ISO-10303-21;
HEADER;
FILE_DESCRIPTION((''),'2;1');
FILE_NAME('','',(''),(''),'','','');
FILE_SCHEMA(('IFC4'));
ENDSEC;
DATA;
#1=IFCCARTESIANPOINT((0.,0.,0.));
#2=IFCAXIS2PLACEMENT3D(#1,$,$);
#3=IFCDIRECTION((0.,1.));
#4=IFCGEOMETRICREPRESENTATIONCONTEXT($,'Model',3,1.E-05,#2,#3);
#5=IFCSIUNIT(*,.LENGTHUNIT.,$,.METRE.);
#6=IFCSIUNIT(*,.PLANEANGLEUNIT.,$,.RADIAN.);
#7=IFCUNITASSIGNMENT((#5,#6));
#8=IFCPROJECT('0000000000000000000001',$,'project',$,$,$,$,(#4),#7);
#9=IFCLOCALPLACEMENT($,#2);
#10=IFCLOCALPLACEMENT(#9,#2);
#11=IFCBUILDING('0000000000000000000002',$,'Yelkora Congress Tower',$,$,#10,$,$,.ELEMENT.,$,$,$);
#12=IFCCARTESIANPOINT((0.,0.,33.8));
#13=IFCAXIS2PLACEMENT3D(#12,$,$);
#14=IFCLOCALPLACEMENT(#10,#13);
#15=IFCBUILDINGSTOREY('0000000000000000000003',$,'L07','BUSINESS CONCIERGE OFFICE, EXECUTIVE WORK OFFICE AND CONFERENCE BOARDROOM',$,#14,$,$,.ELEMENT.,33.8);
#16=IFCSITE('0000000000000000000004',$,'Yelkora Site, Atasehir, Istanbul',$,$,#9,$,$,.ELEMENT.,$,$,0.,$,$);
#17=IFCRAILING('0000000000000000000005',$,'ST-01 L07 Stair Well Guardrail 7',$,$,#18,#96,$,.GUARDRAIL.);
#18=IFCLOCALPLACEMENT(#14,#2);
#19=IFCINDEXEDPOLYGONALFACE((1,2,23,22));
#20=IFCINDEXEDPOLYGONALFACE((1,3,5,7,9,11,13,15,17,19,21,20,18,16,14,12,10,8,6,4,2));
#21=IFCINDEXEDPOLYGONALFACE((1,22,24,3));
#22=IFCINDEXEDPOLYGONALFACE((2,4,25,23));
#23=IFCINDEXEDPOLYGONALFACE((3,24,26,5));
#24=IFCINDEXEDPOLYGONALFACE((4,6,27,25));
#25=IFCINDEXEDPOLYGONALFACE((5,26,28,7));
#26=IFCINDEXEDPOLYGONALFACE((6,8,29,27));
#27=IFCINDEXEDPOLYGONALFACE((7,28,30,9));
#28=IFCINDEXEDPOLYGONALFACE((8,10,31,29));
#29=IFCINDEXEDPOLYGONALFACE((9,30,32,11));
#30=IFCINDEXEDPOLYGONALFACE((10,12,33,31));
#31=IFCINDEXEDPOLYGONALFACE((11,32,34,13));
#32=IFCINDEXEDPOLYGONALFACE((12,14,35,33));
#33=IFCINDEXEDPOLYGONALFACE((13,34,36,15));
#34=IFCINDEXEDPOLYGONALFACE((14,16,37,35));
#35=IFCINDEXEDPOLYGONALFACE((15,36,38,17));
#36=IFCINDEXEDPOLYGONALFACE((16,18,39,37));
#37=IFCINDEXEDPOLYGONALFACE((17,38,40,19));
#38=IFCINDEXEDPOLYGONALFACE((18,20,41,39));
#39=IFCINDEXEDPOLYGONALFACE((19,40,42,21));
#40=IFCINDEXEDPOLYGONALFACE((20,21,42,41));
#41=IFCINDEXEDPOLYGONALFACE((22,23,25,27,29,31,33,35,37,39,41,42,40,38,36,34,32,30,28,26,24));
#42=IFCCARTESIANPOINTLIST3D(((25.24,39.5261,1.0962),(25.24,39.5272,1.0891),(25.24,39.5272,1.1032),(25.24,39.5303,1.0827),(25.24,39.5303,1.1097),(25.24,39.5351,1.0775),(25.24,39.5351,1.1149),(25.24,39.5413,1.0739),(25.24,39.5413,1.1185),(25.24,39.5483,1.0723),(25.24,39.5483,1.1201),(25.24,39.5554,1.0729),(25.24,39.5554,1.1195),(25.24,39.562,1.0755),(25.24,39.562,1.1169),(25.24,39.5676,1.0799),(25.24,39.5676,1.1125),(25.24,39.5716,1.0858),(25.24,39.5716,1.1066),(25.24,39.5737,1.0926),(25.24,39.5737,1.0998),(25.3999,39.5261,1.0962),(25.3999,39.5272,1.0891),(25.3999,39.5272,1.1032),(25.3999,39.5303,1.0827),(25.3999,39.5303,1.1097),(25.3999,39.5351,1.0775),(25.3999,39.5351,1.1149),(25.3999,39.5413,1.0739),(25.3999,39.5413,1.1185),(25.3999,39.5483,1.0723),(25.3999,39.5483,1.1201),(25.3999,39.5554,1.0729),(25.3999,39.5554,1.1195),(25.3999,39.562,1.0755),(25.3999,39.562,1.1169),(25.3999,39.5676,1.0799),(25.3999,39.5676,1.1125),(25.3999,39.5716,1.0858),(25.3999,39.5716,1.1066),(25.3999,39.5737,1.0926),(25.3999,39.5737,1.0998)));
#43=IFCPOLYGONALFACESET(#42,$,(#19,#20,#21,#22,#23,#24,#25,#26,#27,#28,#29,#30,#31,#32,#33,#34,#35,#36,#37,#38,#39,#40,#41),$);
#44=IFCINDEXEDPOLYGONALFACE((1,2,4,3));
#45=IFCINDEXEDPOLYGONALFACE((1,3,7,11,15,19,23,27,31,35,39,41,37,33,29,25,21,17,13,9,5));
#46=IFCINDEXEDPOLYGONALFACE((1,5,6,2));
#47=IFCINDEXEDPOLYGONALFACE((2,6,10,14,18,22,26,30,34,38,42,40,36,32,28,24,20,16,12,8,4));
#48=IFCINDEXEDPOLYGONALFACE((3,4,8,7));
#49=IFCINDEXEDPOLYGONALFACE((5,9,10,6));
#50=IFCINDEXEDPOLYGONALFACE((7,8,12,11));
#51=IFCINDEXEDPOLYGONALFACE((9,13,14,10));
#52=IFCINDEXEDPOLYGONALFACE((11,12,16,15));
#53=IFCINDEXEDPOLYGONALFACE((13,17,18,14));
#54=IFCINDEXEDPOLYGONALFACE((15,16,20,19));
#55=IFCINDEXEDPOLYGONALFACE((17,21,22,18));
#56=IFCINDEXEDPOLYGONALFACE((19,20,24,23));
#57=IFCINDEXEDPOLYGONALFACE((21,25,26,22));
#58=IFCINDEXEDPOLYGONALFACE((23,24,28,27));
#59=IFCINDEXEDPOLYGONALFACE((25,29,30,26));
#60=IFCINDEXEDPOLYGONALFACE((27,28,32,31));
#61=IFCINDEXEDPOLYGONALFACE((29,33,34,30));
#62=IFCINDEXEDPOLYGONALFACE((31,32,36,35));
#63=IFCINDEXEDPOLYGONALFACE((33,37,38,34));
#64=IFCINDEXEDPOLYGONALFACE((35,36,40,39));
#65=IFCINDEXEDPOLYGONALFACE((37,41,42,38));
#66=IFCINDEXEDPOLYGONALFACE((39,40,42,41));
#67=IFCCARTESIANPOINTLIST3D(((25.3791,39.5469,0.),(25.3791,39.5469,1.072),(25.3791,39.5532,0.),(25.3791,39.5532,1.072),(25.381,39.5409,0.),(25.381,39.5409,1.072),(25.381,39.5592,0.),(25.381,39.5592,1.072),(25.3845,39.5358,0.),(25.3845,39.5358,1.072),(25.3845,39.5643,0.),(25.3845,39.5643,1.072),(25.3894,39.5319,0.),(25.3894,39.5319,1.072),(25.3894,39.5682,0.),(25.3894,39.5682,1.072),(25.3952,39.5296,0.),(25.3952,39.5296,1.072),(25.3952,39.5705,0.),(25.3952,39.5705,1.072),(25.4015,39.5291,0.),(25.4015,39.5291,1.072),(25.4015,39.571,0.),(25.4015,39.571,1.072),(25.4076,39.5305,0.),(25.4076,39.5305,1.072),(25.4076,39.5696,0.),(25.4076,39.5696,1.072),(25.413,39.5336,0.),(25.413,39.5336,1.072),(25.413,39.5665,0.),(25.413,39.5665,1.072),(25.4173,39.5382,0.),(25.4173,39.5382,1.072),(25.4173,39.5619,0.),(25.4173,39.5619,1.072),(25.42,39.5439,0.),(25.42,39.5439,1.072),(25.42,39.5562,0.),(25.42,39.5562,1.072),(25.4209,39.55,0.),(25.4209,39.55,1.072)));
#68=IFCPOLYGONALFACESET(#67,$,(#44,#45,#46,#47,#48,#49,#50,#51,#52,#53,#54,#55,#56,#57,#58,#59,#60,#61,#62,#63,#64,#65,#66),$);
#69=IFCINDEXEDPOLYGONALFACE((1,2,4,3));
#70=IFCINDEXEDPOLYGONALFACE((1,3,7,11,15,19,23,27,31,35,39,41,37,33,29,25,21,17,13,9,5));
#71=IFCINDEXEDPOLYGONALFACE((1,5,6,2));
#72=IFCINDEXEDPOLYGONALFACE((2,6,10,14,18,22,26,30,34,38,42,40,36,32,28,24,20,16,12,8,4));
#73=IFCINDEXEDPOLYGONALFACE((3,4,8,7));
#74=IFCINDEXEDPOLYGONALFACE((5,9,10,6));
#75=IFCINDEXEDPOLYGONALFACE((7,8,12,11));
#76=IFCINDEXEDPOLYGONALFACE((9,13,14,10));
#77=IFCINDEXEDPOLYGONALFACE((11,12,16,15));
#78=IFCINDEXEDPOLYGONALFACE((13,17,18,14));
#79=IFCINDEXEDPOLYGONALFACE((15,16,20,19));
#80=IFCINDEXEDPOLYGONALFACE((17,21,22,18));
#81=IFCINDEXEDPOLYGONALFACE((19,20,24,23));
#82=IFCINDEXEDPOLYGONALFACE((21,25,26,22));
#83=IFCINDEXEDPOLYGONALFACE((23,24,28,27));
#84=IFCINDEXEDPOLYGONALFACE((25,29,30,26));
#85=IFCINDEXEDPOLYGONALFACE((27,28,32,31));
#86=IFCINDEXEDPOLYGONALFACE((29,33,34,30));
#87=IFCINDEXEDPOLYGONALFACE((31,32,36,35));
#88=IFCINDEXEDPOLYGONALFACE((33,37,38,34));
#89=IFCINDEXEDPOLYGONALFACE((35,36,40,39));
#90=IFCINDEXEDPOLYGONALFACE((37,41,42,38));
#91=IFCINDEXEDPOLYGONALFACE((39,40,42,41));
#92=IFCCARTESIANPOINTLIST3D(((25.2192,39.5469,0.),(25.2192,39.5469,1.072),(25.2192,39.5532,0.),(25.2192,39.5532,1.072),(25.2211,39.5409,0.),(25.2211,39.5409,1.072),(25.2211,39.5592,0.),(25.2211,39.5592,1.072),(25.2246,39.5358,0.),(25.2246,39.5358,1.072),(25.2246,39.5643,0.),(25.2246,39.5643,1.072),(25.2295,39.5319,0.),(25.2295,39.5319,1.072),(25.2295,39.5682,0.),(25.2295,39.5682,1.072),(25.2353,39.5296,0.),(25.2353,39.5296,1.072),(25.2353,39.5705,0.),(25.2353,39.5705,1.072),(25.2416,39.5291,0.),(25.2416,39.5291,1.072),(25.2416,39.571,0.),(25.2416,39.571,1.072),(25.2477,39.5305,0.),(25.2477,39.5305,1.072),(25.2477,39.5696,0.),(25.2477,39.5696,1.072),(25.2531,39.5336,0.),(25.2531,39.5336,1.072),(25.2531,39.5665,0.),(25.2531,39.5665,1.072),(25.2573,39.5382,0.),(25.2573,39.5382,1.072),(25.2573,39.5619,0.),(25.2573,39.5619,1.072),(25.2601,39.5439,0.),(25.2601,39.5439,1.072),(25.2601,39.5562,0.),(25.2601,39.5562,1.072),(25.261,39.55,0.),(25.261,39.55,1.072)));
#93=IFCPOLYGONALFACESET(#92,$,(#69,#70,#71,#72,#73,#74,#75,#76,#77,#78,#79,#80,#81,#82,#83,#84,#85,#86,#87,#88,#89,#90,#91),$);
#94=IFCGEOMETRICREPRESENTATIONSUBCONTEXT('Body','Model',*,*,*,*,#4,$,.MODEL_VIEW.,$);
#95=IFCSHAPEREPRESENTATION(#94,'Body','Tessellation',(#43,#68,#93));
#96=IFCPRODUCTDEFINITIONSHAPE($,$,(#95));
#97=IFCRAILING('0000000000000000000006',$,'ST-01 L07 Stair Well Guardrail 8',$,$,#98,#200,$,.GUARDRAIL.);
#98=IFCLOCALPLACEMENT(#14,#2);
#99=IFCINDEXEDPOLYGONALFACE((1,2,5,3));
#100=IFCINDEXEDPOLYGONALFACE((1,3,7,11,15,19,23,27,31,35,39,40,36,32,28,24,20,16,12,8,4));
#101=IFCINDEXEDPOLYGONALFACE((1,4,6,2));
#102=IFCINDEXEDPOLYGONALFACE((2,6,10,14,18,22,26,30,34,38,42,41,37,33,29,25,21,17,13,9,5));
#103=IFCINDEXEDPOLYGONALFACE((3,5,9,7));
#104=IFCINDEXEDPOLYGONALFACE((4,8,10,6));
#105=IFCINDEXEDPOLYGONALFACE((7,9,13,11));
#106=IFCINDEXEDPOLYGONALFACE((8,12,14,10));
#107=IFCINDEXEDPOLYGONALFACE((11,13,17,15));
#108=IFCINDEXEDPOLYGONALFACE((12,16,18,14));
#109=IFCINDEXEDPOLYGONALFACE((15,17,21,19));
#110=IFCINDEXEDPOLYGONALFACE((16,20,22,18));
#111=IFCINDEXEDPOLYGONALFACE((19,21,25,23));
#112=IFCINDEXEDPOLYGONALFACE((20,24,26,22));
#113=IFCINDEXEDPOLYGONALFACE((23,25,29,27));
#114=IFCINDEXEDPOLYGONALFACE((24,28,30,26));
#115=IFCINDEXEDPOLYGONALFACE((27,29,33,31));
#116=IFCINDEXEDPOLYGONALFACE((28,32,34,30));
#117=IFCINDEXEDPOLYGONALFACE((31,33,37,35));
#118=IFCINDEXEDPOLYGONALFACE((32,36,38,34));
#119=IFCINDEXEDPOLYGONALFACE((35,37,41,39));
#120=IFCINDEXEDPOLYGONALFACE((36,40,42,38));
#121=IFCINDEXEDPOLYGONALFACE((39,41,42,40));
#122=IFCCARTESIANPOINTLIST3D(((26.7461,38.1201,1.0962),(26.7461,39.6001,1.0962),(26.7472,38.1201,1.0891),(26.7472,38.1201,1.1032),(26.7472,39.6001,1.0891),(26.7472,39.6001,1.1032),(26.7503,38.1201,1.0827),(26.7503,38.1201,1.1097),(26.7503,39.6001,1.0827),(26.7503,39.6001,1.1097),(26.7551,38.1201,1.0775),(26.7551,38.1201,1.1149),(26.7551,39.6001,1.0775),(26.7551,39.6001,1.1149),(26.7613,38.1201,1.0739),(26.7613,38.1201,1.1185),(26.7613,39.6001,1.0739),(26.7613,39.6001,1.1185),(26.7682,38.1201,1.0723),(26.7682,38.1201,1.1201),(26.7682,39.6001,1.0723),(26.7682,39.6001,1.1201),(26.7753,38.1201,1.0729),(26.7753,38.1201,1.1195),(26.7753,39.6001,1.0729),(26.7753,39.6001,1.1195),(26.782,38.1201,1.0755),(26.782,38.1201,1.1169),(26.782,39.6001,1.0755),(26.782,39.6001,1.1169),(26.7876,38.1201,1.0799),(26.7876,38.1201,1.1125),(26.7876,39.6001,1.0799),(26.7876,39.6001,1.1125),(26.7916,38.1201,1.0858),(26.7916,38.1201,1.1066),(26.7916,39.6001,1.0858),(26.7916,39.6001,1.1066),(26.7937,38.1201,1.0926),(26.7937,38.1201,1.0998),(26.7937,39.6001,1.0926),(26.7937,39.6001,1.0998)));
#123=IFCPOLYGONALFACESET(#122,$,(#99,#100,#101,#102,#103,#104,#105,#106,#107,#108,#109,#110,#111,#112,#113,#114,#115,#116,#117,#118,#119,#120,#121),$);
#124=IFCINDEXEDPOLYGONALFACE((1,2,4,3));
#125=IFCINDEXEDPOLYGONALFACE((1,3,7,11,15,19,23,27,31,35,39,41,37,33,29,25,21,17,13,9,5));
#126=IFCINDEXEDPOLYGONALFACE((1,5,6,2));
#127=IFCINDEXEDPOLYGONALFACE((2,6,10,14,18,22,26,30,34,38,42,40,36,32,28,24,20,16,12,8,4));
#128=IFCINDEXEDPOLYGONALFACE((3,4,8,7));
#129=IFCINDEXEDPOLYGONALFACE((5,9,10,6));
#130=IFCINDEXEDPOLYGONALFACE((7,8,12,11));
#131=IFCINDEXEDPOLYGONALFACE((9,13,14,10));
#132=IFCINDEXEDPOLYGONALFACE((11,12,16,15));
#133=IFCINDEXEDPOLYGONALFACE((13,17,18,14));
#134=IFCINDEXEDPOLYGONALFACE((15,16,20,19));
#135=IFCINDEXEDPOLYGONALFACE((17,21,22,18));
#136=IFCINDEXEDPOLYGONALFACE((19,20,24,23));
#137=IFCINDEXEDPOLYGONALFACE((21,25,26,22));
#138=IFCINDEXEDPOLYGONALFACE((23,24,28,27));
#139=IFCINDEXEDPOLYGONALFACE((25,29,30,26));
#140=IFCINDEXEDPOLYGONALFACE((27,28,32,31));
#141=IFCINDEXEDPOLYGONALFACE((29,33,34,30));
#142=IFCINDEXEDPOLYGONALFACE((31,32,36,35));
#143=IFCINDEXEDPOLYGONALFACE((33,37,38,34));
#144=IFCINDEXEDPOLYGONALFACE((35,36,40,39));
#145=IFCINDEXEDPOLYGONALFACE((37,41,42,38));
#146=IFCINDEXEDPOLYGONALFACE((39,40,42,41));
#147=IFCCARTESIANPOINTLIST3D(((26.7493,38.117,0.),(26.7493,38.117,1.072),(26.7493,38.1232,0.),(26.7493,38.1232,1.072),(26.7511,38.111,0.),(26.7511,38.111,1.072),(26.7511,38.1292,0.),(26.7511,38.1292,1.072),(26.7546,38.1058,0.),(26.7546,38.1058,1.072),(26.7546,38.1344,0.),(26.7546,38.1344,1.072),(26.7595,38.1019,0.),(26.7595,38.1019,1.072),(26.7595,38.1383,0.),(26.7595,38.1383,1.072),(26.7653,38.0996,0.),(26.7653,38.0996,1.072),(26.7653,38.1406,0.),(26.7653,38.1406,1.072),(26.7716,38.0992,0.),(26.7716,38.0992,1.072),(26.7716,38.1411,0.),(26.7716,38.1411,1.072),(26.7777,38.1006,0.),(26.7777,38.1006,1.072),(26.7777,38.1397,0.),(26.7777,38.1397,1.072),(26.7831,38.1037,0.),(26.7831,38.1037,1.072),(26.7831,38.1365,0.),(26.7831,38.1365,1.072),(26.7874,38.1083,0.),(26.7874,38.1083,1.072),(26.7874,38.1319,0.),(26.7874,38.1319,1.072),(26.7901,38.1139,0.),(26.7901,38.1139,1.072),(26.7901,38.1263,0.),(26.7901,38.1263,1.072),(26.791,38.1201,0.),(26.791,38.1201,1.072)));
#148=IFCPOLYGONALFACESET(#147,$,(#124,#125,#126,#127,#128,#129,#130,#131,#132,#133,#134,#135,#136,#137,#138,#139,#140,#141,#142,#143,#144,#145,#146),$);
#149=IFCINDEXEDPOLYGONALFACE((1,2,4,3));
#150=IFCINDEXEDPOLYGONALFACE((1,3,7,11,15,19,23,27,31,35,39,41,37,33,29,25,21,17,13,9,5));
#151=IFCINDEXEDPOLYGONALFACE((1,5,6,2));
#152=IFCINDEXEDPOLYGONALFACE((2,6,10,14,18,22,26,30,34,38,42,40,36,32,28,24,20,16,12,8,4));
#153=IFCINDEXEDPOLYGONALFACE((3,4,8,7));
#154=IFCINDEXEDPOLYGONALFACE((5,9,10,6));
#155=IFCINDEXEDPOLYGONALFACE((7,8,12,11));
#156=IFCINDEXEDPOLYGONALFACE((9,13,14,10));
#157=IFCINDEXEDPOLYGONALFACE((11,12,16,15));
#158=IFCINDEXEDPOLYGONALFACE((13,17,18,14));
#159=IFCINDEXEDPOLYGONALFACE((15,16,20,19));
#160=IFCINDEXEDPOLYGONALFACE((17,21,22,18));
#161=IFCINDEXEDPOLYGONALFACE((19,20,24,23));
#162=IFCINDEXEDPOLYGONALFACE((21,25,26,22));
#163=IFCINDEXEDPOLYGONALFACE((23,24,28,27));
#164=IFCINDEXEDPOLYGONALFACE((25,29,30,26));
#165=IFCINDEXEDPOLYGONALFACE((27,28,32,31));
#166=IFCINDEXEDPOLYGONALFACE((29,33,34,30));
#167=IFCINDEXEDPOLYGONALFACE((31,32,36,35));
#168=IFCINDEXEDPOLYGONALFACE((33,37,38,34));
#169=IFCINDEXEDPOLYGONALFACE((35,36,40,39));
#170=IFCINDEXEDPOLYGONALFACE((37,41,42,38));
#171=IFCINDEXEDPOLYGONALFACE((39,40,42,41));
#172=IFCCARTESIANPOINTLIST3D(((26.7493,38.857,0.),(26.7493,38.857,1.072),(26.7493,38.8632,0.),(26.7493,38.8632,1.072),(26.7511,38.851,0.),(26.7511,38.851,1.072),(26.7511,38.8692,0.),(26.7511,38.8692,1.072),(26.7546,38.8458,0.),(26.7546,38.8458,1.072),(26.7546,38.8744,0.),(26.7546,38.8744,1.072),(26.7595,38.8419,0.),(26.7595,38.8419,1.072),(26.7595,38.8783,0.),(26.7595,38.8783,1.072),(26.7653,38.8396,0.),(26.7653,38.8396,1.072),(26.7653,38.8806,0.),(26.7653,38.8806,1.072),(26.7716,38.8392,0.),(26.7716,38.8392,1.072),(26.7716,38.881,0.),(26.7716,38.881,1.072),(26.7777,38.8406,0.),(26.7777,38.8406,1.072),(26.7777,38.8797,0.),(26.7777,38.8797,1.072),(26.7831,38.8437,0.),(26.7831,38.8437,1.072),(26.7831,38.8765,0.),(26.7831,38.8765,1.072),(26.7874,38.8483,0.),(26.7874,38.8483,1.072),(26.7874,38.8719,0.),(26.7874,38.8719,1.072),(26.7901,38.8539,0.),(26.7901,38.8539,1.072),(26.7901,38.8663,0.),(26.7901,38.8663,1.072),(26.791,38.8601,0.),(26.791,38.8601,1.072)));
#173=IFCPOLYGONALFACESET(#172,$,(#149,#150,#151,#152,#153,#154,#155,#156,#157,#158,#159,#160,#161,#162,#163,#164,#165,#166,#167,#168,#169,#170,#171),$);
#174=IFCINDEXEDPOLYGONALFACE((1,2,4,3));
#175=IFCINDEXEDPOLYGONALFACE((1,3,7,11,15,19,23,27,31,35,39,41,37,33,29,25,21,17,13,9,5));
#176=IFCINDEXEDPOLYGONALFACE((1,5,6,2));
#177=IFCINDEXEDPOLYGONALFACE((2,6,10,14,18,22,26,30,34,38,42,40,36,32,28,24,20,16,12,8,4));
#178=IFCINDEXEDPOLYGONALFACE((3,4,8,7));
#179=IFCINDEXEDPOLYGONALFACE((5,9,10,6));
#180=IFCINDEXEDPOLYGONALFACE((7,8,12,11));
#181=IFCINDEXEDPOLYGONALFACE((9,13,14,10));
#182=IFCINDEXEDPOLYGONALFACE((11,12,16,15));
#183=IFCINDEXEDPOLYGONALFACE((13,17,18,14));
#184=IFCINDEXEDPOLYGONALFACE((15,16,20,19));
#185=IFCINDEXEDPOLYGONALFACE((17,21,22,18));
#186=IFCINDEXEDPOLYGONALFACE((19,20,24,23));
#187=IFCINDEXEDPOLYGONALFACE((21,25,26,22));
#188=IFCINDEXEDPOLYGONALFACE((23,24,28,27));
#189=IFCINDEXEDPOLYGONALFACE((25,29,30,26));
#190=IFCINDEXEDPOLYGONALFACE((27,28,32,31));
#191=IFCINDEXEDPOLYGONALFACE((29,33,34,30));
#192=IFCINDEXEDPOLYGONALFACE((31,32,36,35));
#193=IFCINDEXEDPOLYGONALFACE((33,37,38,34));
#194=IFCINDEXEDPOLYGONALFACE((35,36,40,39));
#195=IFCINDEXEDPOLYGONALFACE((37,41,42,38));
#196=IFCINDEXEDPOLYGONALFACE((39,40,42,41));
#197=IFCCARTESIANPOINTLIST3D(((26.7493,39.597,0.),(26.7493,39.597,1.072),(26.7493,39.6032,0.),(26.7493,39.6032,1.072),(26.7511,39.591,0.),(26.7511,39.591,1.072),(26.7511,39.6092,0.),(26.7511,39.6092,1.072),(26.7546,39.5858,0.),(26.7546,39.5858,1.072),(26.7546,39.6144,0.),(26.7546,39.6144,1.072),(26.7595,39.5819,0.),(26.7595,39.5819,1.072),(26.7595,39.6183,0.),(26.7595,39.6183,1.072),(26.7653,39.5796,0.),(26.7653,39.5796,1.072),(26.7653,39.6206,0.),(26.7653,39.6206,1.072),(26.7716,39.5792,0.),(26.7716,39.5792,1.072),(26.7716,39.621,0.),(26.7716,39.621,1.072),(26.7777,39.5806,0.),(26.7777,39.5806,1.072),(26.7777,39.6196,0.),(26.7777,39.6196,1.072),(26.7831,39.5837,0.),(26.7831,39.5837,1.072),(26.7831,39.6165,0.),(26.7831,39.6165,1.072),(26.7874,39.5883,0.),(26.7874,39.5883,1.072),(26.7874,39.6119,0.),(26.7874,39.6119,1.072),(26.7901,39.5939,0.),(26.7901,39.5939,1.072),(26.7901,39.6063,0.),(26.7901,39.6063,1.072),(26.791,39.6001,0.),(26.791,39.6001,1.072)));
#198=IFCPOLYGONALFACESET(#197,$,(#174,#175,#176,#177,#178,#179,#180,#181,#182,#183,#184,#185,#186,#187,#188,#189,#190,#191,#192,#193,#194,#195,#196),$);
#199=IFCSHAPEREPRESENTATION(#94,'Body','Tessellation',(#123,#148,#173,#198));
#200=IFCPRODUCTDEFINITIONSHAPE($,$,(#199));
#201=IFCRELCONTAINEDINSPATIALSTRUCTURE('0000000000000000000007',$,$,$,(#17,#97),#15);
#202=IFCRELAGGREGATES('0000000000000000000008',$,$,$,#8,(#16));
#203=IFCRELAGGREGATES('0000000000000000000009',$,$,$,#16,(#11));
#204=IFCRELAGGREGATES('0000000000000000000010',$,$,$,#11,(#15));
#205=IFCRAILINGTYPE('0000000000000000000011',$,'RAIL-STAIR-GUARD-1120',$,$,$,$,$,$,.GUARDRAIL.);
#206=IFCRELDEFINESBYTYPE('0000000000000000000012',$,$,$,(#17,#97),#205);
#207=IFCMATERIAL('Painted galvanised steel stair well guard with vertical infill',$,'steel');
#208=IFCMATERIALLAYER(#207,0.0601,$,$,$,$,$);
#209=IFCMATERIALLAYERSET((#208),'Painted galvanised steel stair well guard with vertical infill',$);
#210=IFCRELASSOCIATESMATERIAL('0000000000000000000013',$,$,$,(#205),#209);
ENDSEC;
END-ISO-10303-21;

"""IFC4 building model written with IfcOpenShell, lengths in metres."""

from ifc_helpers import new_model, si_unit, direction, frame, origin, origin_2d, place, context, subcontext, project, spatial, circle, extrude, material, layer, layer_set, type_object, element, save


model = new_model("IFC4")

# Units and contexts
model_context = context("Model", 3, precision=1e-05, world=origin(), true_north=direction((0.0, 1.0)))
body_context = subcontext(model_context, "Body", "Model", "MODEL_VIEW")
ifc_project = project(units=[si_unit("LENGTHUNIT", "METRE"), si_unit("PLANEANGLEUNIT", "RADIAN")], contexts=[model_context])

# Site, building, storey
site_placement = place(None, origin())
site = spatial("IfcSite", under=ifc_project, at=site_placement, Name="Yelkora Site, Atasehir, Istanbul", CompositionType="ELEMENT", RefElevation=0.0)
building_placement = place(site_placement, origin())
building = spatial("IfcBuilding", under=site, at=building_placement, Name="Yelkora Congress Tower", CompositionType="ELEMENT")
storey_placement = place(building_placement, frame((0.0, 0.0, 33.8)))
storey = spatial("IfcBuildingStorey", under=building, at=storey_placement, Name="L07", Description="BUSINESS CONCIERGE OFFICE, EXECUTIVE WORK OFFICE AND CONFERENCE BOARDROOM", CompositionType="ELEMENT", Elevation=33.8)

# Railings
ifc_material_1 = material(Name="Painted galvanised steel stair well guard with vertical infill", Category="steel")
ifc_layer_1 = layer(ifc_material_1, 0.0601)
ifc_layer_set_1 = layer_set([ifc_layer_1], Name="Painted galvanised steel stair well guard with vertical infill")
railing_type_1 = type_object("IfcRailingType", Name="RAIL-STAIR-GUARD-1120", PredefinedType="GUARDRAIL", material=ifc_layer_set_1)
railing_1_placement = place(storey_placement, frame((25.3999, 39.55, 0.0)))
element("IfcRailing", 1, at=railing_1_placement, inside=storey, type_object=railing_type_1, Name="ST-01 L07 Stair Well Guardrail 7", PredefinedType="GUARDRAIL", context=body_context, shape_type="SweptSolid", body=[
    extrude(circle(Radius=0.0239, at=origin_2d()), frame((0.0, 0.0, 1.0962), z_axis=(-1.0, 0.0, 0.0), x_axis=(0.0, -1.0, 0.0)), (0.0, 0.0, 1.0), 0.1599),
    extrude(circle(Radius=0.021, at=origin_2d()), origin(), (0.0, 0.0, 1.0), 1.072),
    extrude(circle(Radius=0.021, at=origin_2d()), frame((-0.1599, 0.0, 0.0)), (0.0, 0.0, 1.0), 1.072),
])
for number, where, name in (
    (2, (26.77, 38.1201, 0.0), "ST-01 L07 Stair Well Guardrail 8"),
):
    element("IfcRailing", number, at=place(storey_placement, frame(where)), inside=storey, type_object=railing_type_1, Name=name, PredefinedType="GUARDRAIL", context=body_context, shape_type="SweptSolid", body=[
        extrude(circle(Radius=0.0239, at=origin_2d()), frame((0.0, 0.0, 1.0962), z_axis=(0.0, 1.0, 0.0), x_axis=(-1.0, 0.0, 0.0)), (0.0, 0.0, 1.0), 1.48),
        extrude(circle(Radius=0.021, at=origin_2d()), origin(), (0.0, 0.0, 1.0), 1.072),
        extrude(circle(Radius=0.021, at=origin_2d()), frame((0.0, 0.74, 0.0)), (0.0, 0.0, 1.0), 1.072),
        extrude(circle(Radius=0.021, at=origin_2d()), frame((0.0, 1.48, 0.0)), (0.0, 0.0, 1.0), 1.072),
    ])

save(model, "model.ifc")
